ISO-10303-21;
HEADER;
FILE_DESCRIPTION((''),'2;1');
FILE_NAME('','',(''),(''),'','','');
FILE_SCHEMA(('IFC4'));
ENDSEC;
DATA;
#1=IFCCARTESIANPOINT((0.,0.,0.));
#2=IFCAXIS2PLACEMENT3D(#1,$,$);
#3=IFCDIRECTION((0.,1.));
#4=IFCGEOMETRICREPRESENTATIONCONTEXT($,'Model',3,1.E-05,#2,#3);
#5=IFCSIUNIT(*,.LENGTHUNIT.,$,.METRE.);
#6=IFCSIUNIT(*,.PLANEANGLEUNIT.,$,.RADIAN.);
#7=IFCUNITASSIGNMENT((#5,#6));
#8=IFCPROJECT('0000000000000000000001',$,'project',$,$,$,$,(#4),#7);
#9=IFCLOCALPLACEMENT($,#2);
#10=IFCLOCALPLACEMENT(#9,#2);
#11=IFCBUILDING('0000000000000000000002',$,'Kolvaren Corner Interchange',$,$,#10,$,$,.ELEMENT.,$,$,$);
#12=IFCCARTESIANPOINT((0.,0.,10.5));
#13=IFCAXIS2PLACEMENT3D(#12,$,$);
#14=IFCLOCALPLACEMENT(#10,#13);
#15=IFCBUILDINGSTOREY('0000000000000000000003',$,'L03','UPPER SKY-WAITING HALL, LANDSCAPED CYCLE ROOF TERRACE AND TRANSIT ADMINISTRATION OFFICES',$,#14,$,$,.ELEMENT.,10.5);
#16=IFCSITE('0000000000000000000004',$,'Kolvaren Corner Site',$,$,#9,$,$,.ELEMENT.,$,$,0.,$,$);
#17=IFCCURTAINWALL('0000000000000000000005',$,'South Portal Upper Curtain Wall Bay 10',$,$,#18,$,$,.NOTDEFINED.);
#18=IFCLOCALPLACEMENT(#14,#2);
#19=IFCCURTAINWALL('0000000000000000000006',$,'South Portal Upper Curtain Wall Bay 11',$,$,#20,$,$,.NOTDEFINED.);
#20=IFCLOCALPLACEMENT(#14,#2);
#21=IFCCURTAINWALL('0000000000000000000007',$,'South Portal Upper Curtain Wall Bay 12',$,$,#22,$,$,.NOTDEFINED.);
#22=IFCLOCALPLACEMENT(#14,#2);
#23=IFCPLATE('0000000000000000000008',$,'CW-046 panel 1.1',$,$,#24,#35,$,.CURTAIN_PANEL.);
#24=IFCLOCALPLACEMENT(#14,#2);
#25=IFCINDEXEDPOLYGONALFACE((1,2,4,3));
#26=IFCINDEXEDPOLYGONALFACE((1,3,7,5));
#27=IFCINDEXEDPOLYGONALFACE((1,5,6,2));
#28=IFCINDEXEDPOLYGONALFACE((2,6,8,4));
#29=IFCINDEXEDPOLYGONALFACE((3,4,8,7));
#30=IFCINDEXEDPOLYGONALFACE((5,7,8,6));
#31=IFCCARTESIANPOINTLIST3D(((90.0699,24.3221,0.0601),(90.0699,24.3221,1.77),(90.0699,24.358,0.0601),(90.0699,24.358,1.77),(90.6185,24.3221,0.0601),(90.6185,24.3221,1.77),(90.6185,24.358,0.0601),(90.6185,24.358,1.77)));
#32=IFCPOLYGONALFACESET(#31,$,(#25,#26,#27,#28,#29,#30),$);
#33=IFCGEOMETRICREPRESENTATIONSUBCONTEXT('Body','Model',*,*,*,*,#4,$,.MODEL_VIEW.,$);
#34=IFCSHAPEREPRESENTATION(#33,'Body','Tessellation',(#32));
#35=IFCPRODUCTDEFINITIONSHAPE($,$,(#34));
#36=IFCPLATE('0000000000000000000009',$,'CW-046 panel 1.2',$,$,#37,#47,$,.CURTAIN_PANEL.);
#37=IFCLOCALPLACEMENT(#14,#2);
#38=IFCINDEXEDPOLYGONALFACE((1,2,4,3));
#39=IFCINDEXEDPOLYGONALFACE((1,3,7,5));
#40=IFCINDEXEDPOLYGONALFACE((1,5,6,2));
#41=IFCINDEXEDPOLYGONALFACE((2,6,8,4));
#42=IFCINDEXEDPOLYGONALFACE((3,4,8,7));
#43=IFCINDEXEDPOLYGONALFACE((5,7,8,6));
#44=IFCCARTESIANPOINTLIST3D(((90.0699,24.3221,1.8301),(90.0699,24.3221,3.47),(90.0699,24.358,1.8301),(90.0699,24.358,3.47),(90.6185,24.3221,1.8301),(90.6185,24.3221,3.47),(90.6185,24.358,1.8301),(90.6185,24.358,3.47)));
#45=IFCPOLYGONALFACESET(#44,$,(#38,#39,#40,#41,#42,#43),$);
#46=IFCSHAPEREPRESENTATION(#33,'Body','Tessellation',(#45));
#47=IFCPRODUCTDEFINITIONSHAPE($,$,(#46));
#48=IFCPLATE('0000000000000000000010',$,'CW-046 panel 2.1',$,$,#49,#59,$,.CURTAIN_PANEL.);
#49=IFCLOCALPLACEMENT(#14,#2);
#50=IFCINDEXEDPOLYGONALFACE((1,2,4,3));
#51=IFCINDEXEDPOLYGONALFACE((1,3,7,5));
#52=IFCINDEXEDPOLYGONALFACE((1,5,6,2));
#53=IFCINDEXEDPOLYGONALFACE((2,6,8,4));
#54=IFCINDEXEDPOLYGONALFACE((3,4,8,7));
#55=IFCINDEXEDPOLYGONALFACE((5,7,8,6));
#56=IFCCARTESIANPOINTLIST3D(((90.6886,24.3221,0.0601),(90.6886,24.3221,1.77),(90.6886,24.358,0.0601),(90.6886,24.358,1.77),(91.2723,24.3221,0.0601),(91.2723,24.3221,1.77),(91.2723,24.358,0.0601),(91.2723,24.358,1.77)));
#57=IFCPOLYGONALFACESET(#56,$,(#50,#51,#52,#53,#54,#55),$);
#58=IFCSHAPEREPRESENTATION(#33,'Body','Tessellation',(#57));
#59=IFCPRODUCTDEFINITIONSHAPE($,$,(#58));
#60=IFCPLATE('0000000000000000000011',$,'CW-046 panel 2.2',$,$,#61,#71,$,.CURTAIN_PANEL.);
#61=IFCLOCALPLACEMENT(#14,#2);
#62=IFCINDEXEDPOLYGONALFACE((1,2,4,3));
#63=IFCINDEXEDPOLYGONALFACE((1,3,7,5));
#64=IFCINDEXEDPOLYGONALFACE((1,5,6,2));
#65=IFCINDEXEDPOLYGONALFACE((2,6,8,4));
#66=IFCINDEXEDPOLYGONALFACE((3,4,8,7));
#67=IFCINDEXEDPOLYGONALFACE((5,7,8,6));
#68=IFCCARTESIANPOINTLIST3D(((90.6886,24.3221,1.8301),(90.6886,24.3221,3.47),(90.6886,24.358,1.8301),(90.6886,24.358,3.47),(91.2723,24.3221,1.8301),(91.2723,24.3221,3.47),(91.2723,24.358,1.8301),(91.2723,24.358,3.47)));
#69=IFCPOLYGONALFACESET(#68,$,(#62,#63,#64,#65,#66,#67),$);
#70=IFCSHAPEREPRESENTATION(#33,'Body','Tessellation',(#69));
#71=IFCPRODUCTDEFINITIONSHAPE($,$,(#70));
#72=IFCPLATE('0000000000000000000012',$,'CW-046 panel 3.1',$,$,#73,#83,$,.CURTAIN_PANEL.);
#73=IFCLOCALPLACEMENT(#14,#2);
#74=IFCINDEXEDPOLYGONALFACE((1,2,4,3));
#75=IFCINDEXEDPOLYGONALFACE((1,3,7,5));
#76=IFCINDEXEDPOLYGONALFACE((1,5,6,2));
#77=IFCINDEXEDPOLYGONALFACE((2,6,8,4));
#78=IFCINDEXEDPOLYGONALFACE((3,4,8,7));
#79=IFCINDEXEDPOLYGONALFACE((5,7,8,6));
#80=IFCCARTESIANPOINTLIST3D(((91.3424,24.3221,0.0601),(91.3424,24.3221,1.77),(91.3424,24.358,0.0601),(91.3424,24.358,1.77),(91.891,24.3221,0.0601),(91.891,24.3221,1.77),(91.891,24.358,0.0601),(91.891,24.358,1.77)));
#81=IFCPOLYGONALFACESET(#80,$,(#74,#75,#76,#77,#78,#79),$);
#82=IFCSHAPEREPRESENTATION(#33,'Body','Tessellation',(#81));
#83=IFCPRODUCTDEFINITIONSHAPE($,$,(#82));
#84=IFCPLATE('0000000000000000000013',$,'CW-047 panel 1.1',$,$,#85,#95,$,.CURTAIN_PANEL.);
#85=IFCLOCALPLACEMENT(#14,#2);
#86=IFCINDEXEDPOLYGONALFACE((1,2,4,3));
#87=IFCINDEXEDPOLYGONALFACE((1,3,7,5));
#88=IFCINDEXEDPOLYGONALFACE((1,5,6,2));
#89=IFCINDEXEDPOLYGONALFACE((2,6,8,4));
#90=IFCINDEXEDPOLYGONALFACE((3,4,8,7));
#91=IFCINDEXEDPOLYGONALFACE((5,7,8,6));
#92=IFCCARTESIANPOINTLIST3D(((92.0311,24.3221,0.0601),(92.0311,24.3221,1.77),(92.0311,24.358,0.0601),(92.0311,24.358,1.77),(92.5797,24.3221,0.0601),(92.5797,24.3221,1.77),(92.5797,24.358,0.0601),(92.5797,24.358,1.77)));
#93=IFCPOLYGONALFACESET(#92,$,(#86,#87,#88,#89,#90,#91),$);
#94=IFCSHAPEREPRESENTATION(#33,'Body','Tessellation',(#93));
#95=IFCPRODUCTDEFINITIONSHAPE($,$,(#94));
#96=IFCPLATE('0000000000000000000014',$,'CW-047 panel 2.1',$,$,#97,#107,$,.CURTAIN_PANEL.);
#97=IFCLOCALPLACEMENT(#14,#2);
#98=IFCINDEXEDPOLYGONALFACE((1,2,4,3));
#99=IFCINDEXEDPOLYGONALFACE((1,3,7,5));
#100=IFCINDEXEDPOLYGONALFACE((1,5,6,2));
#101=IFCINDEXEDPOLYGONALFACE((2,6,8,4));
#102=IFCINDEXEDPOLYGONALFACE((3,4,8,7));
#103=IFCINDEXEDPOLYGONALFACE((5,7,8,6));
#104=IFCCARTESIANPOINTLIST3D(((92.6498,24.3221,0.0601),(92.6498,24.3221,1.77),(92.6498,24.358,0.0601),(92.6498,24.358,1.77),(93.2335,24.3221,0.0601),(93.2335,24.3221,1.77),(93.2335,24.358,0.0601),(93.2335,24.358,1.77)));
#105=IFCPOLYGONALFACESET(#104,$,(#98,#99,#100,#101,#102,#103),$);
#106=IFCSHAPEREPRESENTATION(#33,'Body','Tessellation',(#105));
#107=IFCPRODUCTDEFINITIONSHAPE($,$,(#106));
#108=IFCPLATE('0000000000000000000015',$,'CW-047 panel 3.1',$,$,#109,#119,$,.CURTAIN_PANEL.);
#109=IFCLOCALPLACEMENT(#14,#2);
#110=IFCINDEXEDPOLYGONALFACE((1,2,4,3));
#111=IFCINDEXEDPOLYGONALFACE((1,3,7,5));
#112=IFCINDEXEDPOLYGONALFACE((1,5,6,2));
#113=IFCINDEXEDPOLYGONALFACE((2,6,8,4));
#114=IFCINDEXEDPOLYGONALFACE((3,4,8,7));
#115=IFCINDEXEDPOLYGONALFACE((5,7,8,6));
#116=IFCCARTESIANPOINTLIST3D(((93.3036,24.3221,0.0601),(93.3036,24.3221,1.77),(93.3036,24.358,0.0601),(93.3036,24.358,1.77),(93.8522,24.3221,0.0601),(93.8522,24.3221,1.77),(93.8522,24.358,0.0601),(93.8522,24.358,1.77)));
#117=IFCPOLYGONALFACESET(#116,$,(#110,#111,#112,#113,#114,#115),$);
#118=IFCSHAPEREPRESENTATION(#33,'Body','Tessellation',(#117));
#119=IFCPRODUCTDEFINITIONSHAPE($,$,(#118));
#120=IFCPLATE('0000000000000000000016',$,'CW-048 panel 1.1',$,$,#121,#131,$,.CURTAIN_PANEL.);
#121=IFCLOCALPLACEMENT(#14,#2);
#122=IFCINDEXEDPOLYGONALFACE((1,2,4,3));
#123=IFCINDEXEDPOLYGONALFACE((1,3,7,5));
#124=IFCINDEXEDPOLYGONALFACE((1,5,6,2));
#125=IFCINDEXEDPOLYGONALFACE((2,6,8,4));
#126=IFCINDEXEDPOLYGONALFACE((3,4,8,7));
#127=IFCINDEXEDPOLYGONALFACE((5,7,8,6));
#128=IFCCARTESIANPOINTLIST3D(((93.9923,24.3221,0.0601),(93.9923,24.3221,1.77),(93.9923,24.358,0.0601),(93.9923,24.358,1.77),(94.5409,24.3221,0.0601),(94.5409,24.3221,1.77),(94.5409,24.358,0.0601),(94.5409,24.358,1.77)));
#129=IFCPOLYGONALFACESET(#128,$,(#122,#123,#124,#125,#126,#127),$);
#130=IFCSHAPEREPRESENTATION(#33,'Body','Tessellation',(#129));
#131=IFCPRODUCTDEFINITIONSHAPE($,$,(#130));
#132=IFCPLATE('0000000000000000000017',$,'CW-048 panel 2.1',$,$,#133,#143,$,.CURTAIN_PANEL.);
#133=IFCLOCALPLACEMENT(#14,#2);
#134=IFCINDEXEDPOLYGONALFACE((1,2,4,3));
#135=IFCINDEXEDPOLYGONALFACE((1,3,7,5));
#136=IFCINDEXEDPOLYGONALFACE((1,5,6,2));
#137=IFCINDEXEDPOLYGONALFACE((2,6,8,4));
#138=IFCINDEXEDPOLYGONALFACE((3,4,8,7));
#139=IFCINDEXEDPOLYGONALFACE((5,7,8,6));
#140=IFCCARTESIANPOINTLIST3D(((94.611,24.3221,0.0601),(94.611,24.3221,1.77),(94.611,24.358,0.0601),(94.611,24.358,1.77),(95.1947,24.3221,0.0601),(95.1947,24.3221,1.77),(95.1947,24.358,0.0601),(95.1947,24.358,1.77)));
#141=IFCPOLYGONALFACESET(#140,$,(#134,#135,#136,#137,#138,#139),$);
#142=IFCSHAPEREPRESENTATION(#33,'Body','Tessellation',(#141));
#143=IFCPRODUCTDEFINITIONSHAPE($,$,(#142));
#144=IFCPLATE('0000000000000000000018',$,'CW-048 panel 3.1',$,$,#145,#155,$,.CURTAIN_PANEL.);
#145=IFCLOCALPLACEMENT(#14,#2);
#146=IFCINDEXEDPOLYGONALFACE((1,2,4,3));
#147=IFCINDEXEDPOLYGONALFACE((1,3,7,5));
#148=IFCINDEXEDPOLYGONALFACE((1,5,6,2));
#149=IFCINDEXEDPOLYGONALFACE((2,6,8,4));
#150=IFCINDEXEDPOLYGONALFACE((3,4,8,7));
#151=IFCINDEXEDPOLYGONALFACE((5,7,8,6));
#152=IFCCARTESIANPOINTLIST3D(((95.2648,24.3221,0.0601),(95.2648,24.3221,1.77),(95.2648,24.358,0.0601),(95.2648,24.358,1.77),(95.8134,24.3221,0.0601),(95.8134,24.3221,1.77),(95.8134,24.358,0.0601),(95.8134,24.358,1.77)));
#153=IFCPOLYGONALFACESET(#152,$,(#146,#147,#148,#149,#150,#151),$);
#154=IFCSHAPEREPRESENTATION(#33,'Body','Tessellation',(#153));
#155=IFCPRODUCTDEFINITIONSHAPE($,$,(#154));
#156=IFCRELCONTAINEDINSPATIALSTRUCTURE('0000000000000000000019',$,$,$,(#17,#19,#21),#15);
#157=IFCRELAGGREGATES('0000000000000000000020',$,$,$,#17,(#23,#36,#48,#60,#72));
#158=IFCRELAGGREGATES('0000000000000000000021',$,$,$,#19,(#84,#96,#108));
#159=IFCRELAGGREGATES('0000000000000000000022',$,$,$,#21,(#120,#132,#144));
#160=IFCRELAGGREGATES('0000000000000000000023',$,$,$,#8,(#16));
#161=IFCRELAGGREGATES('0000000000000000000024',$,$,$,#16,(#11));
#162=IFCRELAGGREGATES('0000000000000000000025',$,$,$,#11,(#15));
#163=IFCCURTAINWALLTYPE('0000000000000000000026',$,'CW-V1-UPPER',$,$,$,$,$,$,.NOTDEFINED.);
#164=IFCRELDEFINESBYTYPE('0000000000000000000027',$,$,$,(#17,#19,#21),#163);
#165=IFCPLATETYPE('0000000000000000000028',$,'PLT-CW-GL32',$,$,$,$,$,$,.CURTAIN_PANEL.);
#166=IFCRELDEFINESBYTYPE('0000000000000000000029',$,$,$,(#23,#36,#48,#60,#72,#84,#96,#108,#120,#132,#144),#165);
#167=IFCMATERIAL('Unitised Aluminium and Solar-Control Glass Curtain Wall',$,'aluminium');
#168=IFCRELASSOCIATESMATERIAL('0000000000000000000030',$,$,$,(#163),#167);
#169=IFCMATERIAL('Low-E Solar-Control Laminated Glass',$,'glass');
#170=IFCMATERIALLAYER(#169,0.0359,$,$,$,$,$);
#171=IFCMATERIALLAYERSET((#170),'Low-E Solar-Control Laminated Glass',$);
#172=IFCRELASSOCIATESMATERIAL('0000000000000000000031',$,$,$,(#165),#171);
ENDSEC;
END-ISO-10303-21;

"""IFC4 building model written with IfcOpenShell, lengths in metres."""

from ifc_helpers import new_model, si_unit, direction, frame, origin, origin_2d, place, context, subcontext, project, spatial, rectangle, extrude, material, layer, layer_set, type_object, element, aggregate, save


model = new_model("IFC4")

# Units and contexts
model_context = context("Model", 3, precision=1e-05, world=origin(), true_north=direction((0.0, 1.0)))
body_context = subcontext(model_context, "Body", "Model", "MODEL_VIEW")
ifc_project = project(units=[si_unit("LENGTHUNIT", "METRE"), si_unit("PLANEANGLEUNIT", "RADIAN")], contexts=[model_context])

# Site, building, storey
site_placement = place(None, origin())
site = spatial("IfcSite", under=ifc_project, at=site_placement, Name="Kolvaren Corner Site", CompositionType="ELEMENT", RefElevation=0.0)
building_placement = place(site_placement, origin())
building = spatial("IfcBuilding", under=site, at=building_placement, Name="Kolvaren Corner Interchange", CompositionType="ELEMENT")
storey_placement = place(building_placement, frame((0.0, 0.0, 10.5)))
storey = spatial("IfcBuildingStorey", under=building, at=storey_placement, Name="L03", Description="UPPER SKY-WAITING HALL, LANDSCAPED CYCLE ROOF TERRACE AND TRANSIT ADMINISTRATION OFFICES", CompositionType="ELEMENT", Elevation=10.5)

# Curtain walls
ifc_material_1 = material(Name="Unitised Aluminium and Solar-Control Glass Curtain Wall", Category="aluminium")
curtain_wall_type = type_object("IfcCurtainWallType", Name="CW-V1-UPPER", PredefinedType="NOTDEFINED", material=ifc_material_1)
curtain_wall_1_placement = place(storey_placement, origin())
curtain_wall_1 = element("IfcCurtainWall", 1, at=curtain_wall_1_placement, inside=storey, type_object=curtain_wall_type, Name="South Portal Upper Curtain Wall Bay 10", PredefinedType="NOTDEFINED")
curtain_wall_2_placement = place(storey_placement, origin())
curtain_wall_2 = element("IfcCurtainWall", 2, at=curtain_wall_2_placement, inside=storey, type_object=curtain_wall_type, Name="South Portal Upper Curtain Wall Bay 11", PredefinedType="NOTDEFINED")
curtain_wall_3_placement = place(storey_placement, origin())
curtain_wall_3 = element("IfcCurtainWall", 3, at=curtain_wall_3_placement, inside=storey, type_object=curtain_wall_type, Name="South Portal Upper Curtain Wall Bay 12", PredefinedType="NOTDEFINED")

# Plates
ifc_material_2 = material(Name="Low-E Solar-Control Laminated Glass", Category="glass")
ifc_layer = layer(ifc_material_2, 0.0359)
ifc_layer_set = layer_set([ifc_layer], Name="Low-E Solar-Control Laminated Glass")
plate_type = type_object("IfcPlateType", Name="PLT-CW-GL32", PredefinedType="CURTAIN_PANEL", material=ifc_layer_set)
plate_1_placement = place(storey_placement, frame((90.3442, 24.3401, 0.0601), z_axis=(0.0, 0.0, 1.0), x_axis=(1.0, 0.0, 0.0)))
plate_1 = element("IfcPlate", 4, at=plate_1_placement, type_object=plate_type, Name="CW-046 panel 1.1", PredefinedType="CURTAIN_PANEL", context=body_context, shape_type="SweptSolid", body=[
    extrude(rectangle(XDim=0.5486, YDim=0.0359, at=origin_2d()), origin(), (0.0, 0.0, 1.0), 1.71),
])
plate_2_placement = place(storey_placement, frame((90.3442, 24.3401, 1.8301), z_axis=(0.0, 0.0, 1.0), x_axis=(1.0, 0.0, 0.0)))
plate_2 = element("IfcPlate", 5, at=plate_2_placement, type_object=plate_type, Name="CW-046 panel 1.2", PredefinedType="CURTAIN_PANEL", context=body_context, shape_type="SweptSolid", body=[
    extrude(rectangle(XDim=0.5486, YDim=0.0359, at=origin_2d()), origin(), (0.0, 0.0, 1.0), 1.6399),
])
plate_3_placement = place(storey_placement, frame((90.9805, 24.3401, 0.0601), z_axis=(0.0, 0.0, 1.0), x_axis=(1.0, 0.0, 0.0)))
plate_3 = element("IfcPlate", 6, at=plate_3_placement, type_object=plate_type, Name="CW-046 panel 2.1", PredefinedType="CURTAIN_PANEL", context=body_context, shape_type="SweptSolid", body=[
    extrude(rectangle(XDim=0.5837, YDim=0.0359, at=origin_2d()), origin(), (0.0, 0.0, 1.0), 1.71),
])
plate_4_placement = place(storey_placement, frame((90.9805, 24.3401, 1.8301), z_axis=(0.0, 0.0, 1.0), x_axis=(1.0, 0.0, 0.0)))
plate_4 = element("IfcPlate", 7, at=plate_4_placement, type_object=plate_type, Name="CW-046 panel 2.2", PredefinedType="CURTAIN_PANEL", context=body_context, shape_type="SweptSolid", body=[
    extrude(rectangle(XDim=0.5837, YDim=0.0359, at=origin_2d()), origin(), (0.0, 0.0, 1.0), 1.6399),
])
plate_5_placement = place(storey_placement, frame((91.6167, 24.3401, 0.0601), z_axis=(0.0, 0.0, 1.0), x_axis=(1.0, 0.0, 0.0)))
plate_5 = element("IfcPlate", 8, at=plate_5_placement, type_object=plate_type, Name="CW-046 panel 3.1", PredefinedType="CURTAIN_PANEL", context=body_context, shape_type="SweptSolid", body=[
    extrude(rectangle(XDim=0.5486, YDim=0.0359, at=origin_2d()), origin(), (0.0, 0.0, 1.0), 1.71),
])
aggregate(curtain_wall_1, [plate_1, plate_2, plate_3, plate_4, plate_5])
plate_6_placement = place(storey_placement, frame((92.3054, 24.3401, 0.0601), z_axis=(0.0, 0.0, 1.0), x_axis=(1.0, 0.0, 0.0)))
plate_6 = element("IfcPlate", 9, at=plate_6_placement, type_object=plate_type, Name="CW-047 panel 1.1", PredefinedType="CURTAIN_PANEL", context=body_context, shape_type="SweptSolid", body=[
    extrude(rectangle(XDim=0.5486, YDim=0.0359, at=origin_2d()), origin(), (0.0, 0.0, 1.0), 1.71),
])
plate_7_placement = place(storey_placement, frame((92.9417, 24.3401, 0.0601), z_axis=(0.0, 0.0, 1.0), x_axis=(1.0, 0.0, 0.0)))
plate_7 = element("IfcPlate", 10, at=plate_7_placement, type_object=plate_type, Name="CW-047 panel 2.1", PredefinedType="CURTAIN_PANEL", context=body_context, shape_type="SweptSolid", body=[
    extrude(rectangle(XDim=0.5837, YDim=0.0359, at=origin_2d()), origin(), (0.0, 0.0, 1.0), 1.71),
])
plate_8_placement = place(storey_placement, frame((93.5779, 24.3401, 0.0601), z_axis=(0.0, 0.0, 1.0), x_axis=(1.0, 0.0, 0.0)))
plate_8 = element("IfcPlate", 11, at=plate_8_placement, type_object=plate_type, Name="CW-047 panel 3.1", PredefinedType="CURTAIN_PANEL", context=body_context, shape_type="SweptSolid", body=[
    extrude(rectangle(XDim=0.5486, YDim=0.0359, at=origin_2d()), origin(), (0.0, 0.0, 1.0), 1.71),
])
aggregate(curtain_wall_2, [plate_6, plate_7, plate_8])
plate_9_placement = place(storey_placement, frame((94.2666, 24.3401, 0.0601), z_axis=(0.0, 0.0, 1.0), x_axis=(1.0, 0.0, 0.0)))
plate_9 = element("IfcPlate", 12, at=plate_9_placement, type_object=plate_type, Name="CW-048 panel 1.1", PredefinedType="CURTAIN_PANEL", context=body_context, shape_type="SweptSolid", body=[
    extrude(rectangle(XDim=0.5486, YDim=0.0359, at=origin_2d()), origin(), (0.0, 0.0, 1.0), 1.71),
])
plate_10_placement = place(storey_placement, frame((94.9028, 24.3401, 0.0601), z_axis=(0.0, 0.0, 1.0), x_axis=(1.0, 0.0, 0.0)))
plate_10 = element("IfcPlate", 13, at=plate_10_placement, type_object=plate_type, Name="CW-048 panel 2.1", PredefinedType="CURTAIN_PANEL", context=body_context, shape_type="SweptSolid", body=[
    extrude(rectangle(XDim=0.5837, YDim=0.0359, at=origin_2d()), origin(), (0.0, 0.0, 1.0), 1.71),
])
plate_11_placement = place(storey_placement, frame((95.5391, 24.3401, 0.0601), z_axis=(0.0, 0.0, 1.0), x_axis=(1.0, 0.0, 0.0)))
plate_11 = element("IfcPlate", 14, at=plate_11_placement, type_object=plate_type, Name="CW-048 panel 3.1", PredefinedType="CURTAIN_PANEL", context=body_context, shape_type="SweptSolid", body=[
    extrude(rectangle(XDim=0.5486, YDim=0.0359, at=origin_2d()), origin(), (0.0, 0.0, 1.0), 1.71),
])
aggregate(curtain_wall_3, [plate_9, plate_10, plate_11])

save(model, "model.ifc")
